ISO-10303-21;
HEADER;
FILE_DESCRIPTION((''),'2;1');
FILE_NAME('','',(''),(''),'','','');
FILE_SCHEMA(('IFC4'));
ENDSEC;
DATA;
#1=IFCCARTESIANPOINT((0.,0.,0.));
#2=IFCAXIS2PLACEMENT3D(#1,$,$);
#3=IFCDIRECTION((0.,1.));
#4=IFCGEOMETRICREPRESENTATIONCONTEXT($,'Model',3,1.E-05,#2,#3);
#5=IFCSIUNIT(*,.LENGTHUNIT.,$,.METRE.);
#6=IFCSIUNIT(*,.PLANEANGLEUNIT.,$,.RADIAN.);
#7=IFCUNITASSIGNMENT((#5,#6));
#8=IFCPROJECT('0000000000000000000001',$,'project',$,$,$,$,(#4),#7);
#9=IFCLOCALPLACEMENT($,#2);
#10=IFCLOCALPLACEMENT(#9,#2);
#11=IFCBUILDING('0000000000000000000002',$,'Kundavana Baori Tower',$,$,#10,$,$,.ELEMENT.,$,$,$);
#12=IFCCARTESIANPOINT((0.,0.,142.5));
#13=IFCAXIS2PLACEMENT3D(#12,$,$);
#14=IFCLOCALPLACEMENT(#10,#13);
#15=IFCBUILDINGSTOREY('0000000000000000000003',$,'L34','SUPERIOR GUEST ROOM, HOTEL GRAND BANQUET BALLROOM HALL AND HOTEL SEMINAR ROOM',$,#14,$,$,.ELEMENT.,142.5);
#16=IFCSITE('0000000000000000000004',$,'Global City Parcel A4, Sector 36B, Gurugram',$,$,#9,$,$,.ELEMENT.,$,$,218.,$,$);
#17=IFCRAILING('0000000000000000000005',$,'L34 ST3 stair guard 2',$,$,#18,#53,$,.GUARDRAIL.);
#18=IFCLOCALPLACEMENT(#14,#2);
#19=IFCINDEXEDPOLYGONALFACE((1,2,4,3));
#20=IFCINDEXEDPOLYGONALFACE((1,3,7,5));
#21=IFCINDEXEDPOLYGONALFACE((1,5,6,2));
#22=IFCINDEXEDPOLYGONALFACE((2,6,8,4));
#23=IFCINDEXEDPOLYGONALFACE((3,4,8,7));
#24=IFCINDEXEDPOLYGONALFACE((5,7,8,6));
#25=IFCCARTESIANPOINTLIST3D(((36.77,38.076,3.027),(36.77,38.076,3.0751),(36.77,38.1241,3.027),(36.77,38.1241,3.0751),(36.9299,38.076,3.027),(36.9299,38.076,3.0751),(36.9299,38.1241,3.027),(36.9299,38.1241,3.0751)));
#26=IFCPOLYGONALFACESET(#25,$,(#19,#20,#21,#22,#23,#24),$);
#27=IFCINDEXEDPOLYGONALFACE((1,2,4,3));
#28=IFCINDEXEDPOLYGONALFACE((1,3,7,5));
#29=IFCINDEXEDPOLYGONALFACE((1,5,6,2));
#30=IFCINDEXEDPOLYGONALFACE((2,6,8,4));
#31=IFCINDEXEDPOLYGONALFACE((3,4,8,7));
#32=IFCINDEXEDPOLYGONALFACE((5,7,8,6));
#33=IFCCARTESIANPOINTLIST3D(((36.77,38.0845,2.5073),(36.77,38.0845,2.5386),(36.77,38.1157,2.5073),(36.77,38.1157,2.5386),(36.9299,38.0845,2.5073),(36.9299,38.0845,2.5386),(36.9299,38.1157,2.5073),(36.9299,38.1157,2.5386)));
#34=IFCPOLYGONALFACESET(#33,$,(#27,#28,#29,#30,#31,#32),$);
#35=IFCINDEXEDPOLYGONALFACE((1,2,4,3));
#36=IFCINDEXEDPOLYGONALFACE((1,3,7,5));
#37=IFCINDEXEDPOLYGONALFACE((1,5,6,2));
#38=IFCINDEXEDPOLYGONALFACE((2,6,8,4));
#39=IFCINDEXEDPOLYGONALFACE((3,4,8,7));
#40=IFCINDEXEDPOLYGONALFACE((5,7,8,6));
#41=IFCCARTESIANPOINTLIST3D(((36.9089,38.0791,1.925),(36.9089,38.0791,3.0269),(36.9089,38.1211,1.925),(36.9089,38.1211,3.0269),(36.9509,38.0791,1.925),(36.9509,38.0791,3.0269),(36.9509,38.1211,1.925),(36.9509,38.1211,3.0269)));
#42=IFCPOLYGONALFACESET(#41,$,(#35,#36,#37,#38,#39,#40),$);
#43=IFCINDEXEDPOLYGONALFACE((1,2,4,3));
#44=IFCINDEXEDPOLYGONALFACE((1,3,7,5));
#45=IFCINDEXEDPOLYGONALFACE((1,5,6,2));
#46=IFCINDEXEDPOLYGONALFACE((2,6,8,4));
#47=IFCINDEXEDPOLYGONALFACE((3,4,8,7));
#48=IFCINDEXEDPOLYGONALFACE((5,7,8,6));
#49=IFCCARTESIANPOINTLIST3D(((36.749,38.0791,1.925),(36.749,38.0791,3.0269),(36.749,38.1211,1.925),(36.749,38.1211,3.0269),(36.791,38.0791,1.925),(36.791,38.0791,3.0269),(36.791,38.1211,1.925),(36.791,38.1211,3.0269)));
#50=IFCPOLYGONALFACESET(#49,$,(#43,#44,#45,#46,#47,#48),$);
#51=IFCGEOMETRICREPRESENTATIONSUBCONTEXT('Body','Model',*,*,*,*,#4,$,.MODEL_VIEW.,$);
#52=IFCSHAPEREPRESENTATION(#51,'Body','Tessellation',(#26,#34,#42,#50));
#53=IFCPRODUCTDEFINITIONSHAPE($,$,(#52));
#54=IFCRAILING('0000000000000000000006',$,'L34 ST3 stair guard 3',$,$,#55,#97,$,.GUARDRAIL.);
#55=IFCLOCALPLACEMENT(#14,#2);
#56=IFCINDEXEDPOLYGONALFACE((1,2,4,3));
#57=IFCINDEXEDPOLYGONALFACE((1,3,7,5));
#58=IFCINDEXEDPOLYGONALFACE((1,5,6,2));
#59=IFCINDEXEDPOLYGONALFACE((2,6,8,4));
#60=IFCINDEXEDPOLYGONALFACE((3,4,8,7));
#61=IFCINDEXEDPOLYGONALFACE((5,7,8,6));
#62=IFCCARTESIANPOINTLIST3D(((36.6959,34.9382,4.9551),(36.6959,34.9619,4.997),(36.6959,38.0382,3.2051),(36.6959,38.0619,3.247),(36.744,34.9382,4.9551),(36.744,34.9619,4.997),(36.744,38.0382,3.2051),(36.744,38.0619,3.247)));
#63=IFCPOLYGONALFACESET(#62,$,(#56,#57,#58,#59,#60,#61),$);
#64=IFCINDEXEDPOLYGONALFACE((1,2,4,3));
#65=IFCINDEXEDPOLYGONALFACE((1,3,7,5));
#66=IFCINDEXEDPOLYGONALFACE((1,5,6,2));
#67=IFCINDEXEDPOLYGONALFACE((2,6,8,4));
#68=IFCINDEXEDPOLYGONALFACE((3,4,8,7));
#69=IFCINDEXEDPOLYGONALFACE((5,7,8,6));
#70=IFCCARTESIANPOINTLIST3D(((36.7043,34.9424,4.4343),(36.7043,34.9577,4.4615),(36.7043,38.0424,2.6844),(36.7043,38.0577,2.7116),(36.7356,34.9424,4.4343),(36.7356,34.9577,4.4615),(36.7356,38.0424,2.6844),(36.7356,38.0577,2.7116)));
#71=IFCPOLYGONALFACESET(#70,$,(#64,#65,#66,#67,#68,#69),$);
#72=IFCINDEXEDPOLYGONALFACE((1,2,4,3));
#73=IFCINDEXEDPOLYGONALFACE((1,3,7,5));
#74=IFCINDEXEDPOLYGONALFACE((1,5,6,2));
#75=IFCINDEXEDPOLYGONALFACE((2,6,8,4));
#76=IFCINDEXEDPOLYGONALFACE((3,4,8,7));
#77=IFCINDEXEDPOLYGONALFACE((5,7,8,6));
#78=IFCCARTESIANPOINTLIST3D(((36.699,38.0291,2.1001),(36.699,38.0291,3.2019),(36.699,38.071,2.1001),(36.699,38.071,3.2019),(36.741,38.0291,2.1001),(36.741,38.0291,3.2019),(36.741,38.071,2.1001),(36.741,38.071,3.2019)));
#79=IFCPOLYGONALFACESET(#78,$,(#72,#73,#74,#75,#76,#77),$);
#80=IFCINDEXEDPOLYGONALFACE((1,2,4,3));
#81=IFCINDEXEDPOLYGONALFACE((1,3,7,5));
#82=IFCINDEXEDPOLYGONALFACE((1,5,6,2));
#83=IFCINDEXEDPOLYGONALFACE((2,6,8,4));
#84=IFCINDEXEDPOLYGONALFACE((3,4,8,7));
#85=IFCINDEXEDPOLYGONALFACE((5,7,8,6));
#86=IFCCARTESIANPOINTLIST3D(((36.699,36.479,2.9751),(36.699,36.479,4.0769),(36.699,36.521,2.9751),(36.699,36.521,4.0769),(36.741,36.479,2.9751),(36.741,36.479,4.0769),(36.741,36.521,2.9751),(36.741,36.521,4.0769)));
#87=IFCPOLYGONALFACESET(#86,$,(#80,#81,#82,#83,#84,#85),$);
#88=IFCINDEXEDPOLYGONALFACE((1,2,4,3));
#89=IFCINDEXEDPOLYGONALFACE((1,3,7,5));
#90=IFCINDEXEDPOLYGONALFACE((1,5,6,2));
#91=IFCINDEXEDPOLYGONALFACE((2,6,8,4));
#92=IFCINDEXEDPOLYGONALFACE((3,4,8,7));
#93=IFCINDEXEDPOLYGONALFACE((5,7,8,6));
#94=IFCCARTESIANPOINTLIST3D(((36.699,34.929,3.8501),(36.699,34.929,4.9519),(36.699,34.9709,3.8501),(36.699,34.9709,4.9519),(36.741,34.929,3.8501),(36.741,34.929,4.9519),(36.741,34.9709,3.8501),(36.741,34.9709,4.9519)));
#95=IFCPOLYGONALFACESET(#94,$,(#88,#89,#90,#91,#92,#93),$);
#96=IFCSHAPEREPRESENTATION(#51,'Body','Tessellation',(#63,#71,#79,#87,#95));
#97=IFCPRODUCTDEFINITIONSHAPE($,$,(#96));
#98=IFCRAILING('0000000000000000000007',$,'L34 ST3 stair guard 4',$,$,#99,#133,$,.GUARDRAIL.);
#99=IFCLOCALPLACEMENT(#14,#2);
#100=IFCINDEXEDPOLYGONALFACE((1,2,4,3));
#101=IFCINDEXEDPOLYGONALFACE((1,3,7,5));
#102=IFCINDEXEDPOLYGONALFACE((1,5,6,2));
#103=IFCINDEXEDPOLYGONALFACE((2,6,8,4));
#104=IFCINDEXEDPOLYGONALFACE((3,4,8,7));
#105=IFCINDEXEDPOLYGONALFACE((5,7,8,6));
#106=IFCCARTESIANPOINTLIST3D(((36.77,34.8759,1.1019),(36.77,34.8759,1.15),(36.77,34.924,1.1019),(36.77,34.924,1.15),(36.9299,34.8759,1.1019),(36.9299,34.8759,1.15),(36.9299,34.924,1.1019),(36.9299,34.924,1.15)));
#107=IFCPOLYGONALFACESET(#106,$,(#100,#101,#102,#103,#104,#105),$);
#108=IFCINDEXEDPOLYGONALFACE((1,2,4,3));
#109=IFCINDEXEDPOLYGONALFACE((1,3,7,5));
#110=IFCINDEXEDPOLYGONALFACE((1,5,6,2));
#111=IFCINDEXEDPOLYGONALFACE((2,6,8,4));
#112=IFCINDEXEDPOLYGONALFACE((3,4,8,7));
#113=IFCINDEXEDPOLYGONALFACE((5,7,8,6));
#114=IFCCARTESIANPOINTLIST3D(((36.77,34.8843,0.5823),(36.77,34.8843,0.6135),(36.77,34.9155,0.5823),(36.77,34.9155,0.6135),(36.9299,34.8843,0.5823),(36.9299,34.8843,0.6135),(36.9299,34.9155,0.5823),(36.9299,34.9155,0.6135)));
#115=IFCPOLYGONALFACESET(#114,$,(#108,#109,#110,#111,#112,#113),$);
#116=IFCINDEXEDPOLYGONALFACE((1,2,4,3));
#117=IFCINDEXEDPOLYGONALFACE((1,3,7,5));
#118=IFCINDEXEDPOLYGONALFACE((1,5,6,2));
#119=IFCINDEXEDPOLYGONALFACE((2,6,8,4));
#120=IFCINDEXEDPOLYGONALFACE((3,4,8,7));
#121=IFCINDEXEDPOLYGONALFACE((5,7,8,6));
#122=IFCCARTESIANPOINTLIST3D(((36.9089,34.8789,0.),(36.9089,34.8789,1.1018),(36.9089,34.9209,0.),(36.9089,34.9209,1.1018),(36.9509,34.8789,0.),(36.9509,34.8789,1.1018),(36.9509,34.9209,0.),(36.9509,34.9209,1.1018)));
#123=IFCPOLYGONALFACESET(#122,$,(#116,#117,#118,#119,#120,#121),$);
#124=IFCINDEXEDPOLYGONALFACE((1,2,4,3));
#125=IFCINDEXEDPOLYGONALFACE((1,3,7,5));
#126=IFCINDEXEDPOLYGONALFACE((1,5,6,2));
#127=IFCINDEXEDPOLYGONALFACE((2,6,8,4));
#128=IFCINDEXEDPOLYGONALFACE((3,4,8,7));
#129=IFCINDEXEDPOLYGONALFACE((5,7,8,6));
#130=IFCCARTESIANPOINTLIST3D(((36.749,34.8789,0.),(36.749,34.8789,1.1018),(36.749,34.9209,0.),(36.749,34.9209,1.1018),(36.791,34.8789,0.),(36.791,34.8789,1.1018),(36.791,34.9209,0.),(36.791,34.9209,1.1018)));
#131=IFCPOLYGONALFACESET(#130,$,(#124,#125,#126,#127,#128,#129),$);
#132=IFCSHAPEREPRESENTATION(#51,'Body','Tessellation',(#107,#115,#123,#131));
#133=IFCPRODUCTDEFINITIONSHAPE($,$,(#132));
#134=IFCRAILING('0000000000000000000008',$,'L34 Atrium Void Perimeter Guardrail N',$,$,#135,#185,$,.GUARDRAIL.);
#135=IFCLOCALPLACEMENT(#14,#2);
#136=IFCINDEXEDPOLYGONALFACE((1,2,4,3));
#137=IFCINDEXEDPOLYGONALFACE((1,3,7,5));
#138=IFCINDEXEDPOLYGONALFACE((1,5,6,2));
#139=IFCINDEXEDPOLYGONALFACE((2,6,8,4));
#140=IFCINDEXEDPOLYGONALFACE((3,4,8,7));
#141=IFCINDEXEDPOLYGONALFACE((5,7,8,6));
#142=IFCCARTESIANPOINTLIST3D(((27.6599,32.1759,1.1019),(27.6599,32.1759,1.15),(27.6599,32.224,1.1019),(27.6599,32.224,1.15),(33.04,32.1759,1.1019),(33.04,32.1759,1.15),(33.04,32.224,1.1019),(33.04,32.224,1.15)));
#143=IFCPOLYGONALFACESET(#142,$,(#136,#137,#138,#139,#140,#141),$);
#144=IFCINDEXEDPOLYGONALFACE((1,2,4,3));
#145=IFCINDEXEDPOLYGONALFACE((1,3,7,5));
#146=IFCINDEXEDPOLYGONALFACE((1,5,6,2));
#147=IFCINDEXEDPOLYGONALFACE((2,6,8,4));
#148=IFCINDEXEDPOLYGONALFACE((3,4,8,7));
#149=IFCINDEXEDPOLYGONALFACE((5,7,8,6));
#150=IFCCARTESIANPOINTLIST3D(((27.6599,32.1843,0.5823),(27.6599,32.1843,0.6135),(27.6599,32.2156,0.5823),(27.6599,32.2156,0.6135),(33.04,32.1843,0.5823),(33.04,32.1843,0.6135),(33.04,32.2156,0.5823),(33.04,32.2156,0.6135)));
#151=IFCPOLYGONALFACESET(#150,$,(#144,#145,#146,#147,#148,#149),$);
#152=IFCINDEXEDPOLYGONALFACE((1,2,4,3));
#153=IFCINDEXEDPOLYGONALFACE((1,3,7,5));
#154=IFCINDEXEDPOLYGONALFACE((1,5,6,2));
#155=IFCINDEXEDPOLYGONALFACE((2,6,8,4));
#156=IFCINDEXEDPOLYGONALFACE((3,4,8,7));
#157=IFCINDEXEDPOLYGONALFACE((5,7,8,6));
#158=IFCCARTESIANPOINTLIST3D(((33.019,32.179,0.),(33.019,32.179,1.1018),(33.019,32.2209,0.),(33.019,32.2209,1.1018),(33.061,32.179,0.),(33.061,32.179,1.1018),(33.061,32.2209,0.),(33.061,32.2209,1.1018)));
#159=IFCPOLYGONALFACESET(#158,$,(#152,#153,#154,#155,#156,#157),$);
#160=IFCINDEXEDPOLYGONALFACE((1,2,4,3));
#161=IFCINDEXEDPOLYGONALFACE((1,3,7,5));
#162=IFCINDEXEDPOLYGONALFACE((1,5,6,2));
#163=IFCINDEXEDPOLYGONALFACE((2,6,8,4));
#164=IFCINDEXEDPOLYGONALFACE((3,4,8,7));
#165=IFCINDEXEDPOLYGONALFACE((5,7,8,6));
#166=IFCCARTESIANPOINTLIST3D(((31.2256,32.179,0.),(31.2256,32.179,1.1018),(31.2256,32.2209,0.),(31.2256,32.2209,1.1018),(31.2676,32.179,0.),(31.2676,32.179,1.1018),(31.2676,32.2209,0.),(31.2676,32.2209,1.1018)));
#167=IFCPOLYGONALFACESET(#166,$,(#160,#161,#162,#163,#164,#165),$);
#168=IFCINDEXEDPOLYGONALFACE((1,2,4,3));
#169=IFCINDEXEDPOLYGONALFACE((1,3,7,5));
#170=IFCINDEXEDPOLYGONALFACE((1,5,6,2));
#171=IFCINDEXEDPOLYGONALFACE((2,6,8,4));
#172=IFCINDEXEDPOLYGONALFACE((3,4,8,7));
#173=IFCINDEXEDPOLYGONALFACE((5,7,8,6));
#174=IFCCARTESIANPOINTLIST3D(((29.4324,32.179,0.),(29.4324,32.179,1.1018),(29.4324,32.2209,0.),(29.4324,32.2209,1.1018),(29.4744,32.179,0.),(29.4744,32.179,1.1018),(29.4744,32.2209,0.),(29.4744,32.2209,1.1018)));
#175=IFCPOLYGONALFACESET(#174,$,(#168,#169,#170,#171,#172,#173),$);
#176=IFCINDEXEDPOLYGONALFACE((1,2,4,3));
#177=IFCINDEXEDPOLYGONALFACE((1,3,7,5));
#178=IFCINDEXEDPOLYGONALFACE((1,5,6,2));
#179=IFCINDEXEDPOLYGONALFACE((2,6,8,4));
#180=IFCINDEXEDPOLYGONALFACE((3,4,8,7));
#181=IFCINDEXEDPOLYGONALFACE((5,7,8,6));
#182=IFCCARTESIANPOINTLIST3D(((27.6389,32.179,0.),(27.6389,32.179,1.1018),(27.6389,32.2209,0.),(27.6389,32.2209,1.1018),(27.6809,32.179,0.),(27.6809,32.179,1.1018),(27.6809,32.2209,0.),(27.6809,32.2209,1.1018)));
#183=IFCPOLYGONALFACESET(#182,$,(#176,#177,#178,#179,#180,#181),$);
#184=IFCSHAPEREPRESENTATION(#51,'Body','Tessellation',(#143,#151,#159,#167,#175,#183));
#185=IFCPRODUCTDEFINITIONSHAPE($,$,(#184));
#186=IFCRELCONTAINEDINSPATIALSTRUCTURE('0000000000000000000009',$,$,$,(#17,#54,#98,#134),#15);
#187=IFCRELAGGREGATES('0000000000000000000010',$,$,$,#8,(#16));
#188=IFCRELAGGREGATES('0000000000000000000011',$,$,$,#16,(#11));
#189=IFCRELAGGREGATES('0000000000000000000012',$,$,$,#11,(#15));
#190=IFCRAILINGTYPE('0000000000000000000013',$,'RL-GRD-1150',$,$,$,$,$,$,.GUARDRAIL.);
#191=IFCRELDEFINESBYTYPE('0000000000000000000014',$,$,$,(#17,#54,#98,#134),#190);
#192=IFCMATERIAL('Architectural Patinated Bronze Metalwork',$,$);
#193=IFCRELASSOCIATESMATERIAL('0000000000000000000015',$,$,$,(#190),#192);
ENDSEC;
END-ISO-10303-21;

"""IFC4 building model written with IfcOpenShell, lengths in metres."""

from ifc_helpers import new_model, si_unit, direction, frame, origin, origin_2d, place, context, subcontext, project, spatial, rectangle, extrude, material, type_object, element, save


model = new_model("IFC4")

# Units and contexts
model_context = context("Model", 3, precision=1e-05, world=origin(), true_north=direction((0.0, 1.0)))
body_context = subcontext(model_context, "Body", "Model", "MODEL_VIEW")
ifc_project = project(units=[si_unit("LENGTHUNIT", "METRE"), si_unit("PLANEANGLEUNIT", "RADIAN")], contexts=[model_context])

# Site, building, storey
site_placement = place(None, origin())
site = spatial("IfcSite", under=ifc_project, at=site_placement, Name="Global City Parcel A4, Sector 36B, Gurugram", CompositionType="ELEMENT", RefElevation=218.0)
building_placement = place(site_placement, origin())
building = spatial("IfcBuilding", under=site, at=building_placement, Name="Kundavana Baori Tower", CompositionType="ELEMENT")
storey_placement = place(building_placement, frame((0.0, 0.0, 142.5)))
storey = spatial("IfcBuildingStorey", under=building, at=storey_placement, Name="L34", Description="SUPERIOR GUEST ROOM, HOTEL GRAND BANQUET BALLROOM HALL AND HOTEL SEMINAR ROOM", CompositionType="ELEMENT", Elevation=142.5)

# Railings
ifc_material_1 = material(Name="Architectural Patinated Bronze Metalwork")
railing_type_1 = type_object("IfcRailingType", Name="RL-GRD-1150", PredefinedType="GUARDRAIL", material=ifc_material_1)
railing_1_placement = place(storey_placement, frame((36.9299, 38.1001, 1.925)))
element("IfcRailing", 1, at=railing_1_placement, inside=storey, type_object=railing_type_1, Name="L34 ST3 stair guard 2", PredefinedType="GUARDRAIL", context=body_context, shape_type="SweptSolid", body=[
    extrude(rectangle(XDim=0.0481, YDim=0.0481, at=origin_2d()), frame((0.0, 0.0, 1.126), z_axis=(-1.0, 0.0, 0.0), x_axis=(0.0, -1.0, 0.0)), (0.0, 0.0, 1.0), 0.1599),
    extrude(rectangle(XDim=0.0312, YDim=0.0312, at=origin_2d()), frame((0.0, 0.0, 0.5979), z_axis=(-1.0, 0.0, 0.0), x_axis=(0.0, -1.0, 0.0)), (0.0, 0.0, 1.0), 0.1599),
    extrude(rectangle(XDim=0.042, YDim=0.042, at=origin_2d()), origin(), (0.0, 0.0, 1.0), 1.1018),
    extrude(rectangle(XDim=0.042, YDim=0.042, at=origin_2d()), frame((-0.1599, 0.0, 0.0)), (0.0, 0.0, 1.0), 1.1018),
])
railing_2_placement = place(storey_placement, frame((36.72, 38.05, 2.1001)))
element("IfcRailing", 2, at=railing_2_placement, inside=storey, type_object=railing_type_1, Name="L34 ST3 stair guard 3", PredefinedType="GUARDRAIL", context=body_context, shape_type="SweptSolid", body=[
    extrude(rectangle(XDim=0.0481, YDim=0.0481, at=origin_2d()), frame((0.0, 0.0, 1.126), z_axis=(0.0, -0.870831, 0.491583), x_axis=(1.0, 0.0, 0.0)), (0.0, 0.0, 1.0), 3.5598),
    extrude(rectangle(XDim=0.0312, YDim=0.0312, at=origin_2d()), frame((0.0, 0.0, 0.5979), z_axis=(0.0, -0.870831, 0.491583), x_axis=(1.0, 0.0, 0.0)), (0.0, 0.0, 1.0), 3.5598),
    extrude(rectangle(XDim=0.042, YDim=0.042, at=origin_2d()), origin(), (0.0, 0.0, 1.0), 1.1018),
    extrude(rectangle(XDim=0.042, YDim=0.042, at=origin_2d()), frame((0.0, -1.55, 0.875)), (0.0, 0.0, 1.0), 1.1018),
    extrude(rectangle(XDim=0.042, YDim=0.042, at=origin_2d()), frame((0.0, -3.1001, 1.75)), (0.0, 0.0, 1.0), 1.1018),
])
railing_3_placement = place(storey_placement, frame((36.9299, 34.8999, 0.0)))
element("IfcRailing", 3, at=railing_3_placement, inside=storey, type_object=railing_type_1, Name="L34 ST3 stair guard 4", PredefinedType="GUARDRAIL", context=body_context, shape_type="SweptSolid", body=[
    extrude(rectangle(XDim=0.0481, YDim=0.0481, at=origin_2d()), frame((0.0, 0.0, 1.126), z_axis=(-1.0, 0.0, 0.0), x_axis=(0.0, -1.0, 0.0)), (0.0, 0.0, 1.0), 0.1599),
    extrude(rectangle(XDim=0.0312, YDim=0.0312, at=origin_2d()), frame((0.0, 0.0, 0.5979), z_axis=(-1.0, 0.0, 0.0), x_axis=(0.0, -1.0, 0.0)), (0.0, 0.0, 1.0), 0.1599),
    extrude(rectangle(XDim=0.042, YDim=0.042, at=origin_2d()), origin(), (0.0, 0.0, 1.0), 1.1018),
    extrude(rectangle(XDim=0.042, YDim=0.042, at=origin_2d()), frame((-0.1599, 0.0, 0.0)), (0.0, 0.0, 1.0), 1.1018),
])
railing_4_placement = place(storey_placement, frame((33.04, 32.2, 0.0)))
element("IfcRailing", 4, at=railing_4_placement, inside=storey, type_object=railing_type_1, Name="L34 Atrium Void Perimeter Guardrail N", PredefinedType="GUARDRAIL", context=body_context, shape_type="SweptSolid", body=[
    extrude(rectangle(XDim=0.0481, YDim=0.0481, at=origin_2d()), frame((0.0, 0.0, 1.126), z_axis=(-1.0, 0.0, 0.0), x_axis=(0.0, -1.0, 0.0)), (0.0, 0.0, 1.0), 5.3801),
    extrude(rectangle(XDim=0.0312, YDim=0.0312, at=origin_2d()), frame((0.0, 0.0, 0.5979), z_axis=(-1.0, 0.0, 0.0), x_axis=(0.0, -1.0, 0.0)), (0.0, 0.0, 1.0), 5.3801),
    extrude(rectangle(XDim=0.042, YDim=0.042, at=origin_2d()), origin(), (0.0, 0.0, 1.0), 1.1018),
    extrude(rectangle(XDim=0.042, YDim=0.042, at=origin_2d()), frame((-1.7935, 0.0, 0.0)), (0.0, 0.0, 1.0), 1.1018),
    extrude(rectangle(XDim=0.042, YDim=0.042, at=origin_2d()), frame((-3.5867, 0.0, 0.0)), (0.0, 0.0, 1.0), 1.1018),
    extrude(rectangle(XDim=0.042, YDim=0.042, at=origin_2d()), frame((-5.3801, 0.0, 0.0)), (0.0, 0.0, 1.0), 1.1018),
])

save(model, "model.ifc")
